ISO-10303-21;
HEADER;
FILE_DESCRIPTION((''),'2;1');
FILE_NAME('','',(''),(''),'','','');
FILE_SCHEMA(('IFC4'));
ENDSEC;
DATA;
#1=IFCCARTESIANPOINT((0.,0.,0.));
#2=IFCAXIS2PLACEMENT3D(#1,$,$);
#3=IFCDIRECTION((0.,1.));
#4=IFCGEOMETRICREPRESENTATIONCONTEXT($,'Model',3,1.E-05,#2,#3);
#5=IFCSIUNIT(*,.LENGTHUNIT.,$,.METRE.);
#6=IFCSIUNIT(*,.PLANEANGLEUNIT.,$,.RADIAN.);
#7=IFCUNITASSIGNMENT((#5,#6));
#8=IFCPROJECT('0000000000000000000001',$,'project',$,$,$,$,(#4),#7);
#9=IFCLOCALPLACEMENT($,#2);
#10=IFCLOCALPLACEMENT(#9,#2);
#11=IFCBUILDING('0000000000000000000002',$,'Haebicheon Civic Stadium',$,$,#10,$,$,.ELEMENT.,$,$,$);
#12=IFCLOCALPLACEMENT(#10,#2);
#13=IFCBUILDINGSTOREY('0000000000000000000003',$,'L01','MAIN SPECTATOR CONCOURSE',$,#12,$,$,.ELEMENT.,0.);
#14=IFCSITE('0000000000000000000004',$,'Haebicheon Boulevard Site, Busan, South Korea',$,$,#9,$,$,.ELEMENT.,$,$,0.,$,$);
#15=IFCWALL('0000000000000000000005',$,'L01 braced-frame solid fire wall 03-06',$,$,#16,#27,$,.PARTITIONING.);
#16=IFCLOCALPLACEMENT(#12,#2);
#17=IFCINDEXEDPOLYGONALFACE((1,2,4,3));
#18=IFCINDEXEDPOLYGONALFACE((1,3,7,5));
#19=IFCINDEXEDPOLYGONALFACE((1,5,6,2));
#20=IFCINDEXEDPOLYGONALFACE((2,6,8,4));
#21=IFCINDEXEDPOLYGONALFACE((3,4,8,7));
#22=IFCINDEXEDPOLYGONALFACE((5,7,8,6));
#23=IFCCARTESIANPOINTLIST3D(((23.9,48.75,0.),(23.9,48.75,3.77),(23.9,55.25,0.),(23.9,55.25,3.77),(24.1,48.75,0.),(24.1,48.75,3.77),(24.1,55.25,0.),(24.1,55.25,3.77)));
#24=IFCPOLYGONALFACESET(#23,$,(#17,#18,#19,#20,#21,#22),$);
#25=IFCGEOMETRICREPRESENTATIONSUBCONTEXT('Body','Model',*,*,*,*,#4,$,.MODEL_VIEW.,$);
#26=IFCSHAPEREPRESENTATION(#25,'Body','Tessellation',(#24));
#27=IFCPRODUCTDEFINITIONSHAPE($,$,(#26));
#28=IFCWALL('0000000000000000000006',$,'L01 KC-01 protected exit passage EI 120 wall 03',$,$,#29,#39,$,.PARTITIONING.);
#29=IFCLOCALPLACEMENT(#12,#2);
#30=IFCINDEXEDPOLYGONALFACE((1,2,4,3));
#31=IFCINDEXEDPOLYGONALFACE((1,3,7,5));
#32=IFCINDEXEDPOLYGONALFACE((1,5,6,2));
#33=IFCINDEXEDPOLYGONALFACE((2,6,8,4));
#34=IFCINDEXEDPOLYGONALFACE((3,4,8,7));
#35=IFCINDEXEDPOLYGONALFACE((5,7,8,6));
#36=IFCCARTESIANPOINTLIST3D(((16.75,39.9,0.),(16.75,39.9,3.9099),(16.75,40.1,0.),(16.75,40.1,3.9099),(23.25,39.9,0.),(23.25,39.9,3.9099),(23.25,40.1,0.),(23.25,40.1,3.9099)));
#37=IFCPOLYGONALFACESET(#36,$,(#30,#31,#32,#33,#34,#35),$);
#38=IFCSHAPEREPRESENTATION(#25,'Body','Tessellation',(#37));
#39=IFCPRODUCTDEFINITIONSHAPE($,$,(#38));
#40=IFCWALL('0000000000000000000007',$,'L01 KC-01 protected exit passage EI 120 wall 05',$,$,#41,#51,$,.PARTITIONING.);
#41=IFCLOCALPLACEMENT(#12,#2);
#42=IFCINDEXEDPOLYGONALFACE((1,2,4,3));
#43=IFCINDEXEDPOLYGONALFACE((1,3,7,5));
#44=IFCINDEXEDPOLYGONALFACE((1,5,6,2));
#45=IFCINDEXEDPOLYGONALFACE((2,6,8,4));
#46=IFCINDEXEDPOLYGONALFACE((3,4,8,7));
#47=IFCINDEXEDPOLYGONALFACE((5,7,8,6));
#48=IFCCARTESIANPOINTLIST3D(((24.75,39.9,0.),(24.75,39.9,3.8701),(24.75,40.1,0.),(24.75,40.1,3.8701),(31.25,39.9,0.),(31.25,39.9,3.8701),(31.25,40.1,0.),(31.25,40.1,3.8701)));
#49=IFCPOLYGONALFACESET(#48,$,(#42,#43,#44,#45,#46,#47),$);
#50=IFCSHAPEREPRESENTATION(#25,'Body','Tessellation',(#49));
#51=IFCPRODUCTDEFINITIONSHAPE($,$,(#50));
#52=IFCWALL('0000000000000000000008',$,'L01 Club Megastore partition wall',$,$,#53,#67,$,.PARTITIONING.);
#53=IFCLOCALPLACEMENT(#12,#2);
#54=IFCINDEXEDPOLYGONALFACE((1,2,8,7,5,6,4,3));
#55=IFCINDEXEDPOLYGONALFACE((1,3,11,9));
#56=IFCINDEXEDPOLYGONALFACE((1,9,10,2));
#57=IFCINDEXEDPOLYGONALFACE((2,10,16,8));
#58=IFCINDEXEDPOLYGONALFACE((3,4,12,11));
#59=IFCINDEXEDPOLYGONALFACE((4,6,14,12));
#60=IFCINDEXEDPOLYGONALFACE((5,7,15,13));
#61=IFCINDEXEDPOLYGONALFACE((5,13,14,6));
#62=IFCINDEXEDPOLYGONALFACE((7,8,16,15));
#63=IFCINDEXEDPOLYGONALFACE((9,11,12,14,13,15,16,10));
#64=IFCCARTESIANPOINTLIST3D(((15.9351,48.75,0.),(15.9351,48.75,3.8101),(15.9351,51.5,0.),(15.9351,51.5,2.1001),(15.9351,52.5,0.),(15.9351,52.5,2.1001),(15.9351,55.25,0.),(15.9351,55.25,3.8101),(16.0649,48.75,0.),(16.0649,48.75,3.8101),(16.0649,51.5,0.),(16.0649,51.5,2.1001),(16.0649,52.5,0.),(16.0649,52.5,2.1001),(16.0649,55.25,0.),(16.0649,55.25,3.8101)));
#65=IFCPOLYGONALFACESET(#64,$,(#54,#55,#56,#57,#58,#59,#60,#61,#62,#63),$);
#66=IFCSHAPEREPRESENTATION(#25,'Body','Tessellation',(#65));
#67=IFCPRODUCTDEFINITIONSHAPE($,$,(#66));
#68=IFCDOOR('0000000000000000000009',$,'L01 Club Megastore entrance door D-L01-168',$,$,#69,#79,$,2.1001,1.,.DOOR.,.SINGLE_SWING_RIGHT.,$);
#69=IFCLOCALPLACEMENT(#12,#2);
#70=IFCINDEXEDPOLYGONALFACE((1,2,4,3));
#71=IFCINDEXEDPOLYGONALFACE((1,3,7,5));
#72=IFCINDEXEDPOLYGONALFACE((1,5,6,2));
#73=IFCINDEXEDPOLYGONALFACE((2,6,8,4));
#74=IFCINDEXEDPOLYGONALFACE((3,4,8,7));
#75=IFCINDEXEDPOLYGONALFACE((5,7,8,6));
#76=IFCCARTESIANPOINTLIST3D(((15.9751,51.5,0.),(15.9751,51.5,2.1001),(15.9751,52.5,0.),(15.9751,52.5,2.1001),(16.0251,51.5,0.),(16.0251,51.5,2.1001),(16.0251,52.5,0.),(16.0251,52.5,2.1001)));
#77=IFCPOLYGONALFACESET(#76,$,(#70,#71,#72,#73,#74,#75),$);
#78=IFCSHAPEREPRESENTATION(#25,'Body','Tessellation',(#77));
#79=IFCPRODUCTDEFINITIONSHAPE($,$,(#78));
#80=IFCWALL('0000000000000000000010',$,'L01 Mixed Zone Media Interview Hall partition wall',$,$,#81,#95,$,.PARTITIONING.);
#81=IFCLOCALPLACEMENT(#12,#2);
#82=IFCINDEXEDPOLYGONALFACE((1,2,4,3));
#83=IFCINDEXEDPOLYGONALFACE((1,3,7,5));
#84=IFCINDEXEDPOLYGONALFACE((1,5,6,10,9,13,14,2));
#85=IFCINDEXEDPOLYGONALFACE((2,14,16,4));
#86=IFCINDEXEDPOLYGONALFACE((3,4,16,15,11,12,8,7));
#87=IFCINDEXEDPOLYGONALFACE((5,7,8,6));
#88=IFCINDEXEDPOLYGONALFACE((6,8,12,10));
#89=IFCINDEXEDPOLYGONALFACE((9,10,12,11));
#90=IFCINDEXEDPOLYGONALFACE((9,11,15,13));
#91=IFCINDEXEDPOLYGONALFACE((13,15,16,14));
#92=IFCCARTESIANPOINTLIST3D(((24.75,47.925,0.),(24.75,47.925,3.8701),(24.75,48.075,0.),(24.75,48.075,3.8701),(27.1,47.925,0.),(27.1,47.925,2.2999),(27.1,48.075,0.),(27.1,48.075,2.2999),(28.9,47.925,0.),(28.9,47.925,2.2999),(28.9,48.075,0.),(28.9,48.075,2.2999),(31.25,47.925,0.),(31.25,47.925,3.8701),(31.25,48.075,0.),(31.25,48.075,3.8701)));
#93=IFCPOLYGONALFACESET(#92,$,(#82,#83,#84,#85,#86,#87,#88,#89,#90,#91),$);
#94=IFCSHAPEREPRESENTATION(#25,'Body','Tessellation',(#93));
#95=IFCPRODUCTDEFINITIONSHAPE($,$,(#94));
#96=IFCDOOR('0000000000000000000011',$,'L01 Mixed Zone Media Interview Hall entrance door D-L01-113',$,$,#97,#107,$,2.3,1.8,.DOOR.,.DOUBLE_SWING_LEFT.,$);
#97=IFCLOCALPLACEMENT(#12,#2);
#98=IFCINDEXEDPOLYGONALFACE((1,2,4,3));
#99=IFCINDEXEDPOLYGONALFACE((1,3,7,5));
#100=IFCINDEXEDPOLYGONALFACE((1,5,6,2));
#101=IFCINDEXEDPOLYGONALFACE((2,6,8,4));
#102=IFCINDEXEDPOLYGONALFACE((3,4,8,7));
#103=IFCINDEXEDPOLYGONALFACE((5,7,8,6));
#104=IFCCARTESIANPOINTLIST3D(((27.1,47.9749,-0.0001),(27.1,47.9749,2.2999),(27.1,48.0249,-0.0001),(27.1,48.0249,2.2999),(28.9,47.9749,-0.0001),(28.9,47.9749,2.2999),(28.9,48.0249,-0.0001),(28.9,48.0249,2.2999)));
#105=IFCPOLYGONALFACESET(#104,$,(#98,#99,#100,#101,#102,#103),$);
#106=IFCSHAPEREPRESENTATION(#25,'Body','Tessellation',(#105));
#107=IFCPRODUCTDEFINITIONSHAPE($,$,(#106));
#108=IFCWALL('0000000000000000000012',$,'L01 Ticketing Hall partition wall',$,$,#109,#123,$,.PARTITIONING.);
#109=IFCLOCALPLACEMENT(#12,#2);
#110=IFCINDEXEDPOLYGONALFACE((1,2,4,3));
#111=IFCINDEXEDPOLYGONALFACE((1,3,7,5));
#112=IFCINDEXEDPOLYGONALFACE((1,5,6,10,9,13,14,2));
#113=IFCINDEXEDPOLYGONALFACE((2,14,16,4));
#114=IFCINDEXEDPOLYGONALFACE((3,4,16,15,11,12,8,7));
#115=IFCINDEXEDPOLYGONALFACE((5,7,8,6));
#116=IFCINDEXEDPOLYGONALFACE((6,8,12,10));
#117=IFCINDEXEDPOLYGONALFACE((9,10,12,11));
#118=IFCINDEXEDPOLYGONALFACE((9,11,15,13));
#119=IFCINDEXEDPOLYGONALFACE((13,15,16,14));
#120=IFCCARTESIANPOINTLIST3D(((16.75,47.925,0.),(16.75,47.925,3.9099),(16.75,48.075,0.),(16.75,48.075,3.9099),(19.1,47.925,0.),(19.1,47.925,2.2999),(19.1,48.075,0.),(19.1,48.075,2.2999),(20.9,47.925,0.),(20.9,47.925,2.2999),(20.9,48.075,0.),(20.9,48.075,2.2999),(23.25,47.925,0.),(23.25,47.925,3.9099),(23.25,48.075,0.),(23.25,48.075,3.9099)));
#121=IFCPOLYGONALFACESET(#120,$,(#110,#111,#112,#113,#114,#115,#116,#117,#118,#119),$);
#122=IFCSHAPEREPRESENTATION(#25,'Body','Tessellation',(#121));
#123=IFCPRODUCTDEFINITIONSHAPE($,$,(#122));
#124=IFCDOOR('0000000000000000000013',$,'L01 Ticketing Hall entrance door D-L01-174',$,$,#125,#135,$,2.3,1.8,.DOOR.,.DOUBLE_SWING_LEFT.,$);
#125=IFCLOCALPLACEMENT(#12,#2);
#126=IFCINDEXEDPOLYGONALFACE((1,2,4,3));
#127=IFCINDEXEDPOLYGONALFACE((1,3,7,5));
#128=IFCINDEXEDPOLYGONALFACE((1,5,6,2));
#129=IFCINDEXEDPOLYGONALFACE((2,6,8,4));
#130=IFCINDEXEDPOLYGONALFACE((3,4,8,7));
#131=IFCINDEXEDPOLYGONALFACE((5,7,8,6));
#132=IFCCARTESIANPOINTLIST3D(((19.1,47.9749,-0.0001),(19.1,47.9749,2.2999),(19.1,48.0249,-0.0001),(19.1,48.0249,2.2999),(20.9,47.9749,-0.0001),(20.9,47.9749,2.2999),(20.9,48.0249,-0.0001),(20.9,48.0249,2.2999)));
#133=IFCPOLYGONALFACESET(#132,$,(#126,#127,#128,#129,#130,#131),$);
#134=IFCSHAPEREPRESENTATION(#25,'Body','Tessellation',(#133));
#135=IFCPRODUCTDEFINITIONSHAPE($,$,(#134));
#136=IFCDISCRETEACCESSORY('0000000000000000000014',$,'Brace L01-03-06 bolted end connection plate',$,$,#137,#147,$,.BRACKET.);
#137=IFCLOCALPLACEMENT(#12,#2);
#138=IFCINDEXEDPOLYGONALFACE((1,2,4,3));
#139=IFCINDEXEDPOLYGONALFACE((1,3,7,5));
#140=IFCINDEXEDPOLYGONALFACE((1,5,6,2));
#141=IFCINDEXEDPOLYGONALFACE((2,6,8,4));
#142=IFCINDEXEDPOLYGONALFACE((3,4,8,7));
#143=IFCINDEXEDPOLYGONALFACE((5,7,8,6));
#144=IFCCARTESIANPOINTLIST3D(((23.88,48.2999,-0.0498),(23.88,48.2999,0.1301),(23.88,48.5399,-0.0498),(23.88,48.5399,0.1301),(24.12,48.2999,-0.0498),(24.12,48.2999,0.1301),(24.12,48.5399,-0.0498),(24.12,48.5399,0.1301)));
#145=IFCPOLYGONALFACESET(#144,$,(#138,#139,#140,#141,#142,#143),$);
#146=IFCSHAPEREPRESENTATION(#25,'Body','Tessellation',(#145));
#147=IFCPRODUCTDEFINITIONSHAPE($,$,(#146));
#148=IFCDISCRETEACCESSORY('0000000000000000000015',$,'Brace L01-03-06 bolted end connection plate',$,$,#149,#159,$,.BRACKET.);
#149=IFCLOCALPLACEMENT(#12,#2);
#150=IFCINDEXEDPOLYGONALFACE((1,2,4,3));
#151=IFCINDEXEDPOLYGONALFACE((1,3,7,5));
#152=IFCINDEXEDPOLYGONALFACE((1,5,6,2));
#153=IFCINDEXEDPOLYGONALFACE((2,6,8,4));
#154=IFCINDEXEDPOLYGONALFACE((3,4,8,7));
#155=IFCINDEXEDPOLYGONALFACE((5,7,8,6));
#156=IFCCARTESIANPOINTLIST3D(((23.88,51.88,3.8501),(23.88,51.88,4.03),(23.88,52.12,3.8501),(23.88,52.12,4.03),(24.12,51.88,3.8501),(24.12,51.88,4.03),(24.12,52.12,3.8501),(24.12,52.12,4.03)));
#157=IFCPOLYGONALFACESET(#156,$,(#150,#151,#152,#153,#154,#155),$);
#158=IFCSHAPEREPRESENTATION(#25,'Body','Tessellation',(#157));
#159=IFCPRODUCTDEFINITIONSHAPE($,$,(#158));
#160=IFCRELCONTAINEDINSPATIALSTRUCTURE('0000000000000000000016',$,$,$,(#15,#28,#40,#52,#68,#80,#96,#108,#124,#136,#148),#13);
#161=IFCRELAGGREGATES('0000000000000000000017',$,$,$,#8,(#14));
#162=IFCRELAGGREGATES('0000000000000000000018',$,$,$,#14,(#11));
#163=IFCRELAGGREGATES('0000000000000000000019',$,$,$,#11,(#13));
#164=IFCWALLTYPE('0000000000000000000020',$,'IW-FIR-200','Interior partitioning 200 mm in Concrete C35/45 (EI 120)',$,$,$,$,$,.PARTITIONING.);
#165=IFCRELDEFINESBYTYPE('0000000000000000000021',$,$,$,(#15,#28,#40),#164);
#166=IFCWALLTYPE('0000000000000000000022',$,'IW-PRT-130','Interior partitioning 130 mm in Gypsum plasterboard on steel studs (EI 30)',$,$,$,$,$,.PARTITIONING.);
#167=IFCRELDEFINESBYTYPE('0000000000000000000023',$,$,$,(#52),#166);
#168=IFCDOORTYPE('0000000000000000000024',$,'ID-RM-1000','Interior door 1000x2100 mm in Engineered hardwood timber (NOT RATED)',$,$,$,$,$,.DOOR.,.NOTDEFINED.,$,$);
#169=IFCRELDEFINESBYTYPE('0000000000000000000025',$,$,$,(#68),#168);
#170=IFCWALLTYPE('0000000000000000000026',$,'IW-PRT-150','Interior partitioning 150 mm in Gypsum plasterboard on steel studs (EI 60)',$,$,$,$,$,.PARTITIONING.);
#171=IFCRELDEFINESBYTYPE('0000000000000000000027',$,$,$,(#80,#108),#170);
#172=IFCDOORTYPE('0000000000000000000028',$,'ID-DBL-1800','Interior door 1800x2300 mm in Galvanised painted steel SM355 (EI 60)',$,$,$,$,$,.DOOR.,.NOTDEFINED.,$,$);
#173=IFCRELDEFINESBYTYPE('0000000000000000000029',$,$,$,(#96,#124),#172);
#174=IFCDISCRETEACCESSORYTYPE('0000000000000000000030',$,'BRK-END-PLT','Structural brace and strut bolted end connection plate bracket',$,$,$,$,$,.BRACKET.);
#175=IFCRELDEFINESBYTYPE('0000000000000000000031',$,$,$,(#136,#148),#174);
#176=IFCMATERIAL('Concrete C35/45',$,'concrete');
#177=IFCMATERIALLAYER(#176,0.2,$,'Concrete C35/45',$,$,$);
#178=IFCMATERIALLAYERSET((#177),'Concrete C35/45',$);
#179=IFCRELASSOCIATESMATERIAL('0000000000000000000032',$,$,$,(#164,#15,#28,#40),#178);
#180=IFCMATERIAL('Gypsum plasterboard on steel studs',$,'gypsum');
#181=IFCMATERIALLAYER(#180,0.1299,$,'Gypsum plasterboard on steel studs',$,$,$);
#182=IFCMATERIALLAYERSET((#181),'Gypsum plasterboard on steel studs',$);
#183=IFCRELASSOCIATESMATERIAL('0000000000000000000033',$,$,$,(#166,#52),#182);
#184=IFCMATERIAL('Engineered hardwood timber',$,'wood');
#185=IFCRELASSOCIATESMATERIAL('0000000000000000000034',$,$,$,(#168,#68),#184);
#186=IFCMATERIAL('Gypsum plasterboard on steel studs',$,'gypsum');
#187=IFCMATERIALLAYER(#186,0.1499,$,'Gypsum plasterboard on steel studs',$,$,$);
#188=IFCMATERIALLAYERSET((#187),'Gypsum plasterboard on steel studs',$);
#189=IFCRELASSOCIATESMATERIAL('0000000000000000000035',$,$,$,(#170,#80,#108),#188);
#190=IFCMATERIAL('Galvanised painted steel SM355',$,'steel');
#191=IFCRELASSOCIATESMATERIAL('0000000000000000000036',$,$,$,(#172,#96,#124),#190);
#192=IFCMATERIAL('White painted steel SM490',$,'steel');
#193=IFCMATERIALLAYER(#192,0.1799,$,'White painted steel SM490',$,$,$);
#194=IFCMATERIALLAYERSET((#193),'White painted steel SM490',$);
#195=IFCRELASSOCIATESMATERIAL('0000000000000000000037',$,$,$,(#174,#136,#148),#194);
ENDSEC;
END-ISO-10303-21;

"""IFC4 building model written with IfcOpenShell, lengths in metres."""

from ifc_helpers import new_model, si_unit, direction, frame, frame_2d, origin, origin_2d, place, context, subcontext, project, spatial, rectangle, extrude, material, layer, layer_set, type_object, element, fill, save


model = new_model("IFC4")

# Units and contexts
model_context = context("Model", 3, precision=1e-05, world=origin(), true_north=direction((0.0, 1.0)))
body_context = subcontext(model_context, "Body", "Model", "MODEL_VIEW")
ifc_project = project(units=[si_unit("LENGTHUNIT", "METRE"), si_unit("PLANEANGLEUNIT", "RADIAN")], contexts=[model_context])

# Site, building, storey
site_placement = place(None, origin())
site = spatial("IfcSite", under=ifc_project, at=site_placement, Name="Haebicheon Boulevard Site, Busan, South Korea", CompositionType="ELEMENT", RefElevation=0.0)
building_placement = place(site_placement, origin())
building = spatial("IfcBuilding", under=site, at=building_placement, Name="Haebicheon Civic Stadium", CompositionType="ELEMENT")
storey_placement = place(building_placement, origin())
storey = spatial("IfcBuildingStorey", under=building, at=storey_placement, Name="L01", Description="MAIN SPECTATOR CONCOURSE", CompositionType="ELEMENT", Elevation=0.0)

# Walls
ifc_material_1 = material(Name="Concrete C35/45", Category="concrete")
ifc_layer_1 = layer(ifc_material_1, 0.2, Name="Concrete C35/45")
ifc_layer_set_1 = layer_set([ifc_layer_1], Name="Concrete C35/45")
wall_type_1 = type_object("IfcWallType", Name="IW-FIR-200", Description="Interior partitioning 200 mm in Concrete C35/45 (EI 120)", PredefinedType="PARTITIONING", material=ifc_layer_set_1)
wall_1_placement = place(storey_placement, frame((24.0, 48.75, 0.0), z_axis=(0.0, 0.0, 1.0), x_axis=(0.0, 1.0, 0.0)))
element("IfcWall", 1, at=wall_1_placement, inside=storey, type_object=wall_type_1, material=ifc_layer_set_1, Name="L01 braced-frame solid fire wall 03-06", PredefinedType="PARTITIONING", context=body_context, shape_type="SweptSolid", body=[
    extrude(rectangle(XDim=6.5, YDim=0.2, at=frame_2d((3.25, 0.0))), origin(), (0.0, 0.0, 1.0), 3.77),
])
wall_2_placement = place(storey_placement, frame((16.75, 40.0, 0.0), z_axis=(0.0, 0.0, 1.0), x_axis=(1.0, 0.0, 0.0)))
element("IfcWall", 2, at=wall_2_placement, inside=storey, type_object=wall_type_1, material=ifc_layer_set_1, Name="L01 KC-01 protected exit passage EI 120 wall 03", PredefinedType="PARTITIONING", context=body_context, shape_type="SweptSolid", body=[
    extrude(rectangle(XDim=6.5, YDim=0.2, at=frame_2d((3.25, 0.0))), origin(), (0.0, 0.0, 1.0), 3.9099),
])
wall_3_placement = place(storey_placement, frame((24.75, 40.0, 0.0), z_axis=(0.0, 0.0, 1.0), x_axis=(1.0, 0.0, 0.0)))
element("IfcWall", 3, at=wall_3_placement, inside=storey, type_object=wall_type_1, material=ifc_layer_set_1, Name="L01 KC-01 protected exit passage EI 120 wall 05", PredefinedType="PARTITIONING", context=body_context, shape_type="SweptSolid", body=[
    extrude(rectangle(XDim=6.5, YDim=0.2, at=frame_2d((3.25, 0.0))), origin(), (0.0, 0.0, 1.0), 3.8701),
])

# Walls, openings, doors
ifc_material_2 = material(Name="Gypsum plasterboard on steel studs", Category="gypsum")
ifc_layer_2 = layer(ifc_material_2, 0.1299, Name="Gypsum plasterboard on steel studs")
ifc_layer_set_2 = layer_set([ifc_layer_2], Name="Gypsum plasterboard on steel studs")
wall_type_2 = type_object("IfcWallType", Name="IW-PRT-130", Description="Interior partitioning 130 mm in Gypsum plasterboard on steel studs (EI 30)", PredefinedType="PARTITIONING", material=ifc_layer_set_2)
wall_4_placement = place(storey_placement, frame((16.0, 48.75, 0.0), z_axis=(0.0, 0.0, 1.0), x_axis=(0.0, 1.0, 0.0)))
wall_4 = element("IfcWall", 4, at=wall_4_placement, inside=storey, type_object=wall_type_2, material=ifc_layer_set_2, Name="L01 Club Megastore partition wall", PredefinedType="PARTITIONING", context=body_context, shape_type="SweptSolid", body=[
    extrude(rectangle(XDim=6.5, YDim=0.1299, at=frame_2d((3.25, 0.0))), origin(), (0.0, 0.0, 1.0), 3.8101),
])
opening_1_placement = place(wall_4_placement, frame((2.75, 0.0, 0.0)))
opening_1 = element("IfcOpeningElement", 5, at=opening_1_placement, cuts=wall_4, PredefinedType="OPENING", context=body_context, shape_type="SweptSolid", body=[
    extrude(rectangle(XDim=1.0, YDim=2.1001, at=frame_2d((0.5, 1.05))), frame((0.0, 0.075, 0.0), z_axis=(0.0, -1.0, 0.0), x_axis=(1.0, 0.0, 0.0)), (0.0, 0.0, 1.0), 0.1499),
])
ifc_material_3 = material(Name="Engineered hardwood timber", Category="wood")
door_type_1 = type_object("IfcDoorType", Name="ID-RM-1000", Description="Interior door 1000x2100 mm in Engineered hardwood timber (NOT RATED)", OperationType="NOTDEFINED", PredefinedType="DOOR", material=ifc_material_3)
door_1_placement = place(opening_1_placement, origin())
door_1 = element("IfcDoor", 6, at=door_1_placement, inside=storey, type_object=door_type_1, material=ifc_material_3, Name="L01 Club Megastore entrance door D-L01-168", OperationType="SINGLE_SWING_RIGHT", OverallHeight=2.1001, OverallWidth=1.0, PredefinedType="DOOR", context=body_context, shape_type="SweptSolid", body=[
    extrude(rectangle(XDim=1.0, YDim=2.1001, at=frame_2d((0.5, 1.05))), frame((0.0, 0.0249, 0.0), z_axis=(0.0, -1.0, 0.0), x_axis=(1.0, 0.0, 0.0)), (0.0, 0.0, 1.0), 0.05),
])
fill(opening_1, door_1)
ifc_material_4 = material(Name="Gypsum plasterboard on steel studs", Category="gypsum")
ifc_layer_3 = layer(ifc_material_4, 0.1499, Name="Gypsum plasterboard on steel studs")
ifc_layer_set_3 = layer_set([ifc_layer_3], Name="Gypsum plasterboard on steel studs")
wall_type_3 = type_object("IfcWallType", Name="IW-PRT-150", Description="Interior partitioning 150 mm in Gypsum plasterboard on steel studs (EI 60)", PredefinedType="PARTITIONING", material=ifc_layer_set_3)
wall_5_placement = place(storey_placement, frame((24.75, 48.0, 0.0), z_axis=(0.0, 0.0, 1.0), x_axis=(1.0, 0.0, 0.0)))
wall_5 = element("IfcWall", 7, at=wall_5_placement, inside=storey, type_object=wall_type_3, material=ifc_layer_set_3, Name="L01 Mixed Zone Media Interview Hall partition wall", PredefinedType="PARTITIONING", context=body_context, shape_type="SweptSolid", body=[
    extrude(rectangle(XDim=6.5, YDim=0.1499, at=frame_2d((3.25, 0.0))), origin(), (0.0, 0.0, 1.0), 3.8701),
])
opening_2_placement = place(wall_5_placement, frame((2.3501, 0.0, 0.0)))
opening_2 = element("IfcOpeningElement", 8, at=opening_2_placement, cuts=wall_5, PredefinedType="OPENING", context=body_context, shape_type="SweptSolid", body=[
    extrude(rectangle(XDim=1.8, YDim=2.3, at=frame_2d((0.8999, 1.1499))), frame((0.0, 0.085, 0.0), z_axis=(0.0, -1.0, 0.0), x_axis=(1.0, 0.0, 0.0)), (0.0, 0.0, 1.0), 0.1699),
])
ifc_material_5 = material(Name="Galvanised painted steel SM355", Category="steel")
door_type_2 = type_object("IfcDoorType", Name="ID-DBL-1800", Description="Interior door 1800x2300 mm in Galvanised painted steel SM355 (EI 60)", OperationType="NOTDEFINED", PredefinedType="DOOR", material=ifc_material_5)
door_2_placement = place(opening_2_placement, origin())
door_2 = element("IfcDoor", 9, at=door_2_placement, inside=storey, type_object=door_type_2, material=ifc_material_5, Name="L01 Mixed Zone Media Interview Hall entrance door D-L01-113", OperationType="DOUBLE_SWING_LEFT", OverallHeight=2.3, OverallWidth=1.8, PredefinedType="DOOR", context=body_context, shape_type="SweptSolid", body=[
    extrude(rectangle(XDim=1.8, YDim=2.3, at=frame_2d((0.8999, 1.1499))), frame((0.0, 0.0249, 0.0), z_axis=(0.0, -1.0, 0.0), x_axis=(1.0, 0.0, 0.0)), (0.0, 0.0, 1.0), 0.05),
])
fill(opening_2, door_2)
wall_6_placement = place(storey_placement, frame((16.75, 48.0, 0.0), z_axis=(0.0, 0.0, 1.0), x_axis=(1.0, 0.0, 0.0)))
wall_6 = element("IfcWall", 10, at=wall_6_placement, inside=storey, type_object=wall_type_3, material=ifc_layer_set_3, Name="L01 Ticketing Hall partition wall", PredefinedType="PARTITIONING", context=body_context, shape_type="SweptSolid", body=[
    extrude(rectangle(XDim=6.5, YDim=0.1499, at=frame_2d((3.25, 0.0))), origin(), (0.0, 0.0, 1.0), 3.9099),
])
opening_3_placement = place(wall_6_placement, frame((2.3501, 0.0, 0.0)))
opening_3 = element("IfcOpeningElement", 11, at=opening_3_placement, cuts=wall_6, PredefinedType="OPENING", context=body_context, shape_type="SweptSolid", body=[
    extrude(rectangle(XDim=1.8, YDim=2.3, at=frame_2d((0.8999, 1.1499))), frame((0.0, 0.085, 0.0), z_axis=(0.0, -1.0, 0.0), x_axis=(1.0, 0.0, 0.0)), (0.0, 0.0, 1.0), 0.1699),
])
door_3_placement = place(opening_3_placement, origin())
door_3 = element("IfcDoor", 12, at=door_3_placement, inside=storey, type_object=door_type_2, material=ifc_material_5, Name="L01 Ticketing Hall entrance door D-L01-174", OperationType="DOUBLE_SWING_LEFT", OverallHeight=2.3, OverallWidth=1.8, PredefinedType="DOOR", context=body_context, shape_type="SweptSolid", body=[
    extrude(rectangle(XDim=1.8, YDim=2.3, at=frame_2d((0.8999, 1.1499))), frame((0.0, 0.0249, 0.0), z_axis=(0.0, -1.0, 0.0), x_axis=(1.0, 0.0, 0.0)), (0.0, 0.0, 1.0), 0.05),
])
fill(opening_3, door_3)

# Discrete accessories
ifc_material_6 = material(Name="White painted steel SM490", Category="steel")
ifc_layer_4 = layer(ifc_material_6, 0.1799, Name="White painted steel SM490")
ifc_layer_set_4 = layer_set([ifc_layer_4], Name="White painted steel SM490")
discrete_accessory_type = type_object("IfcDiscreteAccessoryType", Name="BRK-END-PLT", Description="Structural brace and strut bolted end connection plate bracket", PredefinedType="BRACKET", material=ifc_layer_set_4)
for number, where, z_axis, x_axis, name in (
    (13, (24.0, 48.4199, -0.0498), (0.0, 0.0, 1.0), (1.0, 0.0, 0.0), "Brace L01-03-06 bolted end connection plate"),
    (14, (24.0, 52.0, 3.8501), (0.0, 0.0, 1.0), (1.0, 0.0, 0.0), "Brace L01-03-06 bolted end connection plate"),
):
    element("IfcDiscreteAccessory", number, at=place(storey_placement, frame(where, z_axis=z_axis, x_axis=x_axis)), inside=storey, type_object=discrete_accessory_type, material=ifc_layer_set_4, Name=name, PredefinedType="BRACKET", context=body_context, shape_type="SweptSolid", body=[
        extrude(rectangle(XDim=0.24, YDim=0.24, at=origin_2d()), origin(), (0.0, 0.0, 1.0), 0.1799),
    ])

save(model, "model.ifc")
